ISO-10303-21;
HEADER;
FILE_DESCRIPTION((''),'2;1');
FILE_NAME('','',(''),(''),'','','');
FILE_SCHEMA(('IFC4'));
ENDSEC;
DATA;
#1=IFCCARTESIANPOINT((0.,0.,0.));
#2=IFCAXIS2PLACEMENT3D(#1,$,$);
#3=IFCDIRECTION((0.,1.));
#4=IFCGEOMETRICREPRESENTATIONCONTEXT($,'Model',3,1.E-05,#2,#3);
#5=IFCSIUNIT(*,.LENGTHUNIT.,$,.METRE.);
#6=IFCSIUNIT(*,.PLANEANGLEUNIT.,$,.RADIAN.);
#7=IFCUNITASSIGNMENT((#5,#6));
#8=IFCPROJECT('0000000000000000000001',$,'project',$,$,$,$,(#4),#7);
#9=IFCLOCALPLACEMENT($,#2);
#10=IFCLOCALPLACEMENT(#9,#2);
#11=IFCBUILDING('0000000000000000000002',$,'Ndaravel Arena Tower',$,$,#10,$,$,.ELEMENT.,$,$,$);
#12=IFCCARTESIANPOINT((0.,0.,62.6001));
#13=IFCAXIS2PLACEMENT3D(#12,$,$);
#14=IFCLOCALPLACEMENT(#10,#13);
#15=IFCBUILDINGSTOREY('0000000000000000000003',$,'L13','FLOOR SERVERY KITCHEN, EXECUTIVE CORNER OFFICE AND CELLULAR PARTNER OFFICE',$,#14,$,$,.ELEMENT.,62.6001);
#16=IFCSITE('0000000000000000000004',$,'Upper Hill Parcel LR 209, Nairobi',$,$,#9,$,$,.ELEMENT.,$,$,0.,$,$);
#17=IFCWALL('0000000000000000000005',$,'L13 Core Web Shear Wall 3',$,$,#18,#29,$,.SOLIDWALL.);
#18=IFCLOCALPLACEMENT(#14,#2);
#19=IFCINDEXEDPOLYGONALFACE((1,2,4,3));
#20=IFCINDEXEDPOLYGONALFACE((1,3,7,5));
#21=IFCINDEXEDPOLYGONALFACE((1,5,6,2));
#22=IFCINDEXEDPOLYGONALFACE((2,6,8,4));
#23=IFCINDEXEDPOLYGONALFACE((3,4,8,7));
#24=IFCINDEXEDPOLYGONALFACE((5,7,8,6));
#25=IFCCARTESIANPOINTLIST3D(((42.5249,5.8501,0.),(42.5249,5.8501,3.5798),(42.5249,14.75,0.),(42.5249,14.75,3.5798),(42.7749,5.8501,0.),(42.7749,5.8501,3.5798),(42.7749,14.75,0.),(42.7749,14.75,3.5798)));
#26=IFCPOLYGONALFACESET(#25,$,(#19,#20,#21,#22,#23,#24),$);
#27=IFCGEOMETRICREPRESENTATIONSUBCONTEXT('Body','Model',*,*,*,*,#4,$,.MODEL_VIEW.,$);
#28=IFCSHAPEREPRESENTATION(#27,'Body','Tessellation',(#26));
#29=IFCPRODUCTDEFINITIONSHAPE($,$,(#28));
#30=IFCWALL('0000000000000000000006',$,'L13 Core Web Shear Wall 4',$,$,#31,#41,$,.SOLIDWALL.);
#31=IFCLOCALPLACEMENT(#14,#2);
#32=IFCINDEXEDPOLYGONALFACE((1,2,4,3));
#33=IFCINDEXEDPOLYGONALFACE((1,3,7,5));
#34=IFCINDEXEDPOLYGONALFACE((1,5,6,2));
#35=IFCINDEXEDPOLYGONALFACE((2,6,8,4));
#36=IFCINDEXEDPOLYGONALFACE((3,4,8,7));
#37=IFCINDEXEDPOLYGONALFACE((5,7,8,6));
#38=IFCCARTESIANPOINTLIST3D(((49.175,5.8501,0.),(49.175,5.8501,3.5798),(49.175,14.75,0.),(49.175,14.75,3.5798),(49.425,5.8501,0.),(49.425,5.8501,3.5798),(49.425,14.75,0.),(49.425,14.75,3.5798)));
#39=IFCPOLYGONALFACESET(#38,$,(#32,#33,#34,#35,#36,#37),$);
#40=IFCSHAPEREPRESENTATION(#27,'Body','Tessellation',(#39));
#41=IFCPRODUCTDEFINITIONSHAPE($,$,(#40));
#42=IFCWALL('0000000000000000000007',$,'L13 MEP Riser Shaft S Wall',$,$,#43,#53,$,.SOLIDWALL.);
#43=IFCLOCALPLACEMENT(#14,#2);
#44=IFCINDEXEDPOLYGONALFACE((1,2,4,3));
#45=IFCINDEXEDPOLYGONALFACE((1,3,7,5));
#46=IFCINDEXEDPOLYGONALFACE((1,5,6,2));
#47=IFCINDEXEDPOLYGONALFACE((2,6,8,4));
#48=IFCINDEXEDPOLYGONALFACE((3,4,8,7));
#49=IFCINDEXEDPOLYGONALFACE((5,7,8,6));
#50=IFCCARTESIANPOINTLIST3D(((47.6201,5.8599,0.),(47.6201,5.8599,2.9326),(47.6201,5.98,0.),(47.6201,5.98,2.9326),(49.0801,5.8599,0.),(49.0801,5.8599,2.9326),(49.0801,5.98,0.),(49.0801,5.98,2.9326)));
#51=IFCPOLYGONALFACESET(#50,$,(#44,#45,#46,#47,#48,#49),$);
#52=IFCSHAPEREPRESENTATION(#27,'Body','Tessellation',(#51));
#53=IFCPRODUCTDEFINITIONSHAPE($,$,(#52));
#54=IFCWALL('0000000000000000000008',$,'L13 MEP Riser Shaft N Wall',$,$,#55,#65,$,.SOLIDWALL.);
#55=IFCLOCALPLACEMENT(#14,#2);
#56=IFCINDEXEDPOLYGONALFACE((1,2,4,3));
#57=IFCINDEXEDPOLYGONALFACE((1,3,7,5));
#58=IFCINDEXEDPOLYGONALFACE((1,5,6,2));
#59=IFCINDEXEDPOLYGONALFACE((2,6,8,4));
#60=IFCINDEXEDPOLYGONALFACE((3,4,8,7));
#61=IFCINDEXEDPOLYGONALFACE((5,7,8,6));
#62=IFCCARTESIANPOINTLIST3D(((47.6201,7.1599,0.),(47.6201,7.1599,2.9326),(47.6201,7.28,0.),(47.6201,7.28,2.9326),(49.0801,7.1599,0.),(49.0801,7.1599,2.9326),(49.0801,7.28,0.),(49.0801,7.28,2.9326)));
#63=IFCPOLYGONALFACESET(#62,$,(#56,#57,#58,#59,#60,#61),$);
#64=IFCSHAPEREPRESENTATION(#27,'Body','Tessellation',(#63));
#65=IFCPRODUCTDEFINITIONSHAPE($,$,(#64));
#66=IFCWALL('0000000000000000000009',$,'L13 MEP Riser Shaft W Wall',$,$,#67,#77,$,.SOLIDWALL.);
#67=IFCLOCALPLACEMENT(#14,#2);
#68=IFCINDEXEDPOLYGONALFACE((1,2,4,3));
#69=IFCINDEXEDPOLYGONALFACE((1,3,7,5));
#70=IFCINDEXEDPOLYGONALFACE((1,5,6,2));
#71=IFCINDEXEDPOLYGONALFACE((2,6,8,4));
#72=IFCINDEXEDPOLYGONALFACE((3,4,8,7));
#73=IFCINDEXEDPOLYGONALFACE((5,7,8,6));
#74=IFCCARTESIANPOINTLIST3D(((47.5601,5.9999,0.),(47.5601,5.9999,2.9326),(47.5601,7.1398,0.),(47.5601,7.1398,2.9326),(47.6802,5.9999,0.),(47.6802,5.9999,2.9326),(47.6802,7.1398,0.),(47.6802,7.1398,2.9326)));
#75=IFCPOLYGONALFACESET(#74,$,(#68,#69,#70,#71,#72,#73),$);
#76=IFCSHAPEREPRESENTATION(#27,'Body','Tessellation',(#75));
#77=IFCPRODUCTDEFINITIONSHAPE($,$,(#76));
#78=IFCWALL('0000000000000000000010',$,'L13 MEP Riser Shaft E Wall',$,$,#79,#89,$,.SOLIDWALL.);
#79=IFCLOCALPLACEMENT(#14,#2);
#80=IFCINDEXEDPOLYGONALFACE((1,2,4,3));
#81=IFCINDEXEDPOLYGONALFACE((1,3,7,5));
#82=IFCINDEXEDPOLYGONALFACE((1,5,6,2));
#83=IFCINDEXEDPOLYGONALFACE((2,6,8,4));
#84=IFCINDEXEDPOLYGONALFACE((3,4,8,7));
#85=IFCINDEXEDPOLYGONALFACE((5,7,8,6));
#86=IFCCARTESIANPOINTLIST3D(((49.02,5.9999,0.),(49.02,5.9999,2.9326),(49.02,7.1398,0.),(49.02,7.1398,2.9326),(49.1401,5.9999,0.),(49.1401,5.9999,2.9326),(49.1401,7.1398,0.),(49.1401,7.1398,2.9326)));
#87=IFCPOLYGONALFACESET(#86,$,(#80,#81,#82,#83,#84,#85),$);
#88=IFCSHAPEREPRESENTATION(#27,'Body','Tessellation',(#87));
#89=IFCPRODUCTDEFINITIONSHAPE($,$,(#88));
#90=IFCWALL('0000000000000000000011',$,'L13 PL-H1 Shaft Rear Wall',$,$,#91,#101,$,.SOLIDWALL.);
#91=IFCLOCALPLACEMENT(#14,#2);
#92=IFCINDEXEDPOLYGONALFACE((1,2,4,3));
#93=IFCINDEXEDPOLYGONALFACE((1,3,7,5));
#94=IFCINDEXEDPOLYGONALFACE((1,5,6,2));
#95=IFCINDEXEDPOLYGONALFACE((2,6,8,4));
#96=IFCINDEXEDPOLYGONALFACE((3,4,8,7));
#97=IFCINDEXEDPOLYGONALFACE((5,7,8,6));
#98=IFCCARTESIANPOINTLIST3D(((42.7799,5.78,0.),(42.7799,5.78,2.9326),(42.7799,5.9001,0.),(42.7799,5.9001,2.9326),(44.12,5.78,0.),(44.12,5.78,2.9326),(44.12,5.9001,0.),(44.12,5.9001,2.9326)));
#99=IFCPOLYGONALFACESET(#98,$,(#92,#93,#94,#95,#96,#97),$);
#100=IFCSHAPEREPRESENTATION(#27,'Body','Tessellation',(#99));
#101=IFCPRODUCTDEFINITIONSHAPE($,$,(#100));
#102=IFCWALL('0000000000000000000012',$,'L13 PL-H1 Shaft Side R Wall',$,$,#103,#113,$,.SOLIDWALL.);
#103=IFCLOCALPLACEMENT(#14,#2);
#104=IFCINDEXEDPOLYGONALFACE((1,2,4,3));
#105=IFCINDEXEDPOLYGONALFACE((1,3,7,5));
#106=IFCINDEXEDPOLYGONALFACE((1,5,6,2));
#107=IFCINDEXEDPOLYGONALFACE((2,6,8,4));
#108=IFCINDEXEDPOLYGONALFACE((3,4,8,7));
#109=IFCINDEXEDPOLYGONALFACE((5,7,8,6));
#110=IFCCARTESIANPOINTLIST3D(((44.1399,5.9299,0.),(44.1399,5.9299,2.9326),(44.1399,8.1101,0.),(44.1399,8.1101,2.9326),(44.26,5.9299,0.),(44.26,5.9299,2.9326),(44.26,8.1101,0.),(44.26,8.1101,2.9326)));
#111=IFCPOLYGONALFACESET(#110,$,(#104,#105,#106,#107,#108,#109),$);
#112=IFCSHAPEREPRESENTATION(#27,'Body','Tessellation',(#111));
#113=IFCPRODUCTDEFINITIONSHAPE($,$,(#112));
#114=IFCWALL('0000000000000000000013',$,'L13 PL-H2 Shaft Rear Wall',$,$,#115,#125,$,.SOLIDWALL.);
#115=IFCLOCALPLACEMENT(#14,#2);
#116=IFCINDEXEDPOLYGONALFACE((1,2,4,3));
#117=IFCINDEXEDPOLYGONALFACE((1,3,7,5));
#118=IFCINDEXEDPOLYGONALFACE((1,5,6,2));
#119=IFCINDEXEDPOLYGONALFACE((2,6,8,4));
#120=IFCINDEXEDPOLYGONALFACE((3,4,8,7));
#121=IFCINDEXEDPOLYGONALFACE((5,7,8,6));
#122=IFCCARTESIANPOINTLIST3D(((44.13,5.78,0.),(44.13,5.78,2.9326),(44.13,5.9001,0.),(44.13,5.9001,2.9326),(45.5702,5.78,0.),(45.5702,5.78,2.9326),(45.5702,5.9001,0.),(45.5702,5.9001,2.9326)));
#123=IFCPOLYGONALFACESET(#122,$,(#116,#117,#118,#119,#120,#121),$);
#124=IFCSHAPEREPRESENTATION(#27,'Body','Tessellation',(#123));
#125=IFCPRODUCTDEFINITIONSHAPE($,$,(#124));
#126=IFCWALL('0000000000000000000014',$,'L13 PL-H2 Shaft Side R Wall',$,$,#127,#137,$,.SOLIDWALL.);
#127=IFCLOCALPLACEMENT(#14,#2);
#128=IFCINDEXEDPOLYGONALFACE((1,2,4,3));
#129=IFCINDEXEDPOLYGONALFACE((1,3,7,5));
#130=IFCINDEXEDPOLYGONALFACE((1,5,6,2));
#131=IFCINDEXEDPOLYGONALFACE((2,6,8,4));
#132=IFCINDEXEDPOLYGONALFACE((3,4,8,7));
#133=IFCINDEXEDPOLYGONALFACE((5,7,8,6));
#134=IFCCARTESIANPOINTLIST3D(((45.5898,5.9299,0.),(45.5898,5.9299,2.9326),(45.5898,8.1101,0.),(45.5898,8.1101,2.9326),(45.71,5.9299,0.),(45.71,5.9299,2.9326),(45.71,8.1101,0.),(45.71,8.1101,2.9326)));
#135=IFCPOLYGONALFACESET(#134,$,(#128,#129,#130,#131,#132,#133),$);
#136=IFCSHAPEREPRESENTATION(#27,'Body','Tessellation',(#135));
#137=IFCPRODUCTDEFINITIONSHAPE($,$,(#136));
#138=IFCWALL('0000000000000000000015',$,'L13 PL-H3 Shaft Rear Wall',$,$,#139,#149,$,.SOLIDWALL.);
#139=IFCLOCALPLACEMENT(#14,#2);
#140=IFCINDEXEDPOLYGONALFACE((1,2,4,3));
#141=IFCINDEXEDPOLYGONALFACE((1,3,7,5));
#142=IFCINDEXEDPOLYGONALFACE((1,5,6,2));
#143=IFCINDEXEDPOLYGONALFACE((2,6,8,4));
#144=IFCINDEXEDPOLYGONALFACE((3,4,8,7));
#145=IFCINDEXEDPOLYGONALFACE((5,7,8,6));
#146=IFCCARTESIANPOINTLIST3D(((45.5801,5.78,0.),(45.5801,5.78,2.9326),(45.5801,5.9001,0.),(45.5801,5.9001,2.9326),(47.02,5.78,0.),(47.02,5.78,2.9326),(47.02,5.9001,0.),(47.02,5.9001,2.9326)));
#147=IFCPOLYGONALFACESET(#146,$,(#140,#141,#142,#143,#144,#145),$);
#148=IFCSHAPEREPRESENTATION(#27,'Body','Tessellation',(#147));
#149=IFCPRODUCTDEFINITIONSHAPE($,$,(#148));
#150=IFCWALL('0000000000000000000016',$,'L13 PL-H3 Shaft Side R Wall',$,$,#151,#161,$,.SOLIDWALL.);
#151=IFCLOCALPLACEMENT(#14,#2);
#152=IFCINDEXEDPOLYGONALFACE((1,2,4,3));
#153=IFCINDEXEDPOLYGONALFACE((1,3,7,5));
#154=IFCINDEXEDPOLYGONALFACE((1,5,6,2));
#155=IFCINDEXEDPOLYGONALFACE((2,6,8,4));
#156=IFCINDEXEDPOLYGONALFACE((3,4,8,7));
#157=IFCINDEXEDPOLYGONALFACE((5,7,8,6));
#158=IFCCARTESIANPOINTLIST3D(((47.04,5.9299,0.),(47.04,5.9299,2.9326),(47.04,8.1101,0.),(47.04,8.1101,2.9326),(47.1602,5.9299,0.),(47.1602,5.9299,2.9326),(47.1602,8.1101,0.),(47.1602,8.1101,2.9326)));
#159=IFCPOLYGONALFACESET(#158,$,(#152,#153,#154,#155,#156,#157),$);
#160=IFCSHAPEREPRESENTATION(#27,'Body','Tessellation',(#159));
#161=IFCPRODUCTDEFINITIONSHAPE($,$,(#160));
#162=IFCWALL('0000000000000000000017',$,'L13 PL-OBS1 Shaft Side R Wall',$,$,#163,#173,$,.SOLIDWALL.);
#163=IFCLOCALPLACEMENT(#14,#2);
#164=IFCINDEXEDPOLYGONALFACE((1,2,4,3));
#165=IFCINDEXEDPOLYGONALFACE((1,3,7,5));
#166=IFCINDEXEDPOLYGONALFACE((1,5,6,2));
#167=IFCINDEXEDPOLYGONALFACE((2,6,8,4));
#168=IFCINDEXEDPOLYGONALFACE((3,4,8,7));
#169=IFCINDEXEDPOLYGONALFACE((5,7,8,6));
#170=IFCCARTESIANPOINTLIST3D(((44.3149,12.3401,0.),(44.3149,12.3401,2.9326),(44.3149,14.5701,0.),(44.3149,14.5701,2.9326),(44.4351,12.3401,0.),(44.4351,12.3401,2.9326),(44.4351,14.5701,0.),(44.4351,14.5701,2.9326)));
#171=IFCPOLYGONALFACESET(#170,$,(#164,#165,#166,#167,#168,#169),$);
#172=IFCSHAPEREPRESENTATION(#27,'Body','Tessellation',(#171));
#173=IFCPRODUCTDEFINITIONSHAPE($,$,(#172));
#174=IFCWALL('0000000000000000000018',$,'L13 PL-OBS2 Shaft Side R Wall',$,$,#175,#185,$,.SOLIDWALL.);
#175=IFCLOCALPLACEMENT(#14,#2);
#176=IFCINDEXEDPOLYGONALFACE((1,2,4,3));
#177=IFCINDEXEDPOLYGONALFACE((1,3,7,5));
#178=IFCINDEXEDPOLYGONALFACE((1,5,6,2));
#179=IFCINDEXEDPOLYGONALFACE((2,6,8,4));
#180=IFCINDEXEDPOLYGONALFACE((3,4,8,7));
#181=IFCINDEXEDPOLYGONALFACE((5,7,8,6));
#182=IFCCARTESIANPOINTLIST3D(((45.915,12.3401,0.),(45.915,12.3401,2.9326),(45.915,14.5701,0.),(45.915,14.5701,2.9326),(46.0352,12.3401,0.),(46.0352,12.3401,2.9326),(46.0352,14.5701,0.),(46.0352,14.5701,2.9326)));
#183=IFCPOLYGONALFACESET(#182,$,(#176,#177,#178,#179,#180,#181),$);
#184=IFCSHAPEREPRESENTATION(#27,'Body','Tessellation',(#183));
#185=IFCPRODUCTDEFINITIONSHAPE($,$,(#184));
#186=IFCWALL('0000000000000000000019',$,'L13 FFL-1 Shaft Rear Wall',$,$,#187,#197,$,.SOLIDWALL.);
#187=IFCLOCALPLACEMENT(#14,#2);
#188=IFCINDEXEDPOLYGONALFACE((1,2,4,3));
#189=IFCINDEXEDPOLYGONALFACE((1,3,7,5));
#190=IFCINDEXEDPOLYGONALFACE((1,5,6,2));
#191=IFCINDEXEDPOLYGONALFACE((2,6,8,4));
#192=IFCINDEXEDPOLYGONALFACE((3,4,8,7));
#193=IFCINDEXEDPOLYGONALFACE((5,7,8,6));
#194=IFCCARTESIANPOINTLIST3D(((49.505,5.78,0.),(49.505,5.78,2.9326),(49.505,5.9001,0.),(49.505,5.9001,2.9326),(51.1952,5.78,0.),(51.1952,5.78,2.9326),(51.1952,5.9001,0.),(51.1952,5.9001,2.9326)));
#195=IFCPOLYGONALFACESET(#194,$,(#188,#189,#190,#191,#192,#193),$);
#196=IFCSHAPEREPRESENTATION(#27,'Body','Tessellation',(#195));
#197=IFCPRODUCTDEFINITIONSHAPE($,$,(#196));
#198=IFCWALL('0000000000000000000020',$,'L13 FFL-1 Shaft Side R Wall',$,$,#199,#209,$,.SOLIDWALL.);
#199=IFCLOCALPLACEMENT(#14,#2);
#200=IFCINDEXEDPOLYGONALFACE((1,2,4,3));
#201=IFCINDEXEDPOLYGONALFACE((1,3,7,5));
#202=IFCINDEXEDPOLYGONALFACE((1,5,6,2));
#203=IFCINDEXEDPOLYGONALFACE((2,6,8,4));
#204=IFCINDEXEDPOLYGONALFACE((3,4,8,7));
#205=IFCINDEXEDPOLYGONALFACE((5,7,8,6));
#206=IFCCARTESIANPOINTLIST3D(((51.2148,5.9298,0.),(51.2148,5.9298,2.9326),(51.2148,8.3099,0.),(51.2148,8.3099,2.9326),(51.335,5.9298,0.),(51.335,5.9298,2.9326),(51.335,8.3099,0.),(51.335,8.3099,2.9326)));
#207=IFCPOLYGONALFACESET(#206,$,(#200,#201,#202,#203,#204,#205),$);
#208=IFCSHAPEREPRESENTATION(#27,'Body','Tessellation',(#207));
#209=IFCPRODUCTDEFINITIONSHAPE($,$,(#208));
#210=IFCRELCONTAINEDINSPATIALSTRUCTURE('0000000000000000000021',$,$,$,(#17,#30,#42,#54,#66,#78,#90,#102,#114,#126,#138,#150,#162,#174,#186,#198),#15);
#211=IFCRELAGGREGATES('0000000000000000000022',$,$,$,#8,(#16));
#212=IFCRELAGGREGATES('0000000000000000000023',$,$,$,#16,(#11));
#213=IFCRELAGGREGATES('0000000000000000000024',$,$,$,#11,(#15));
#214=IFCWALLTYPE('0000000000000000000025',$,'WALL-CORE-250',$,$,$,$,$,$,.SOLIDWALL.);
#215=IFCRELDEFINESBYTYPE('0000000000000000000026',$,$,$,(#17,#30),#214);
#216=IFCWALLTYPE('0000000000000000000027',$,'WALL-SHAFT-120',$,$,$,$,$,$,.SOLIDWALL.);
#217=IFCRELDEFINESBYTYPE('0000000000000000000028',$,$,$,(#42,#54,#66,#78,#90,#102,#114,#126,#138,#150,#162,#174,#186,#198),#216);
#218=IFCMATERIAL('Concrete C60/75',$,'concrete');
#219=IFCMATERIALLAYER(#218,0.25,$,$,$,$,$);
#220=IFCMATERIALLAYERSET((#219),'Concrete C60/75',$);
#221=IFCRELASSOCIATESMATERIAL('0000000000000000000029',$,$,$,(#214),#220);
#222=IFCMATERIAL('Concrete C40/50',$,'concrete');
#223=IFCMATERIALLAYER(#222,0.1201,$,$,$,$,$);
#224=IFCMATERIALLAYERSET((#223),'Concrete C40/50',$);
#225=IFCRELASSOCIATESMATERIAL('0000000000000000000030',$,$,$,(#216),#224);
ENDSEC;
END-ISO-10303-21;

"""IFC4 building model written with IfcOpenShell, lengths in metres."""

from ifc_helpers import new_model, si_unit, direction, frame, frame_2d, origin, place, context, subcontext, project, spatial, rectangle, extrude, material, layer, layer_set, type_object, element, save


model = new_model("IFC4")

# Units and contexts
model_context = context("Model", 3, precision=1e-05, world=origin(), true_north=direction((0.0, 1.0)))
body_context = subcontext(model_context, "Body", "Model", "MODEL_VIEW")
ifc_project = project(units=[si_unit("LENGTHUNIT", "METRE"), si_unit("PLANEANGLEUNIT", "RADIAN")], contexts=[model_context])

# Site, building, storey
site_placement = place(None, origin())
site = spatial("IfcSite", under=ifc_project, at=site_placement, Name="Upper Hill Parcel LR 209, Nairobi", CompositionType="ELEMENT", RefElevation=0.0)
building_placement = place(site_placement, origin())
building = spatial("IfcBuilding", under=site, at=building_placement, Name="Ndaravel Arena Tower", CompositionType="ELEMENT")
storey_placement = place(building_placement, frame((0.0, 0.0, 62.6001)))
storey = spatial("IfcBuildingStorey", under=building, at=storey_placement, Name="L13", Description="FLOOR SERVERY KITCHEN, EXECUTIVE CORNER OFFICE AND CELLULAR PARTNER OFFICE", CompositionType="ELEMENT", Elevation=62.6001)

# Walls
ifc_material_1 = material(Name="Concrete C60/75", Category="concrete")
ifc_layer_1 = layer(ifc_material_1, 0.25)
ifc_layer_set_1 = layer_set([ifc_layer_1], Name="Concrete C60/75")
wall_type_1 = type_object("IfcWallType", Name="WALL-CORE-250", PredefinedType="SOLIDWALL", material=ifc_layer_set_1)
for number, where, z_axis, x_axis, name in (
    (1, (42.6499, 5.8501, 0.0), (0.0, 0.0, 1.0), (0.0, 1.0, 0.0), "L13 Core Web Shear Wall 3"),
    (2, (49.3, 5.8501, 0.0), (0.0, 0.0, 1.0), (0.0, 1.0, 0.0), "L13 Core Web Shear Wall 4"),
):
    element("IfcWall", number, at=place(storey_placement, frame(where, z_axis=z_axis, x_axis=x_axis)), inside=storey, type_object=wall_type_1, Name=name, PredefinedType="SOLIDWALL", context=body_context, shape_type="SweptSolid", body=[
        extrude(rectangle(XDim=8.8999, YDim=0.25, at=frame_2d((4.45, 0.0))), origin(), (0.0, 0.0, 1.0), 3.5798),
    ])
ifc_material_2 = material(Name="Concrete C40/50", Category="concrete")
ifc_layer_2 = layer(ifc_material_2, 0.1201)
ifc_layer_set_2 = layer_set([ifc_layer_2], Name="Concrete C40/50")
wall_type_2 = type_object("IfcWallType", Name="WALL-SHAFT-120", PredefinedType="SOLIDWALL", material=ifc_layer_set_2)
for number, where, z_axis, x_axis, name in (
    (3, (47.6201, 5.9199, 0.0), (0.0, 0.0, 1.0), (1.0, 0.0, 0.0), "L13 MEP Riser Shaft S Wall"),
    (4, (47.6201, 7.22, 0.0), (0.0, 0.0, 1.0), (1.0, 0.0, 0.0), "L13 MEP Riser Shaft N Wall"),
):
    element("IfcWall", number, at=place(storey_placement, frame(where, z_axis=z_axis, x_axis=x_axis)), inside=storey, type_object=wall_type_2, Name=name, PredefinedType="SOLIDWALL", context=body_context, shape_type="SweptSolid", body=[
        extrude(rectangle(XDim=1.46, YDim=0.1201, at=frame_2d((0.73, 0.0))), origin(), (0.0, 0.0, 1.0), 2.9326),
    ])
for number, where, z_axis, x_axis, name in (
    (5, (47.6201, 6.0, 0.0), (0.0, 0.0, 1.0), (0.0, 1.0, 0.0), "L13 MEP Riser Shaft W Wall"),
    (6, (49.0801, 6.0, 0.0), (0.0, 0.0, 1.0), (0.0, 1.0, 0.0), "L13 MEP Riser Shaft E Wall"),
):
    element("IfcWall", number, at=place(storey_placement, frame(where, z_axis=z_axis, x_axis=x_axis)), inside=storey, type_object=wall_type_2, Name=name, PredefinedType="SOLIDWALL", context=body_context, shape_type="SweptSolid", body=[
        extrude(rectangle(XDim=1.1399, YDim=0.1201, at=frame_2d((0.5698, 0.0))), origin(), (0.0, 0.0, 1.0), 2.9326),
    ])
wall_1_placement = place(storey_placement, frame((42.78, 5.8401, 0.0), z_axis=(0.0, 0.0, 1.0), x_axis=(1.0, 0.0, 0.0)))
element("IfcWall", 7, at=wall_1_placement, inside=storey, type_object=wall_type_2, Name="L13 PL-H1 Shaft Rear Wall", PredefinedType="SOLIDWALL", context=body_context, shape_type="SweptSolid", body=[
    extrude(rectangle(XDim=1.3401, YDim=0.1201, at=frame_2d((0.6699, 0.0))), origin(), (0.0, 0.0, 1.0), 2.9326),
])
wall_2_placement = place(storey_placement, frame((44.2, 5.9299, 0.0), z_axis=(0.0, 0.0, 1.0), x_axis=(0.0, 1.0, 0.0)))
element("IfcWall", 8, at=wall_2_placement, inside=storey, type_object=wall_type_2, Name="L13 PL-H1 Shaft Side R Wall", PredefinedType="SOLIDWALL", context=body_context, shape_type="SweptSolid", body=[
    extrude(rectangle(XDim=2.1802, YDim=0.1201, at=frame_2d((1.0901, 0.0))), origin(), (0.0, 0.0, 1.0), 2.9326),
])
wall_3_placement = place(storey_placement, frame((44.1299, 5.8401, 0.0), z_axis=(0.0, 0.0, 1.0), x_axis=(1.0, 0.0, 0.0)))
element("IfcWall", 9, at=wall_3_placement, inside=storey, type_object=wall_type_2, Name="L13 PL-H2 Shaft Rear Wall", PredefinedType="SOLIDWALL", context=body_context, shape_type="SweptSolid", body=[
    extrude(rectangle(XDim=1.4402, YDim=0.1201, at=frame_2d((0.7202, 0.0))), origin(), (0.0, 0.0, 1.0), 2.9326),
])
wall_4_placement = place(storey_placement, frame((45.6499, 5.9299, 0.0), z_axis=(0.0, 0.0, 1.0), x_axis=(0.0, 1.0, 0.0)))
element("IfcWall", 10, at=wall_4_placement, inside=storey, type_object=wall_type_2, Name="L13 PL-H2 Shaft Side R Wall", PredefinedType="SOLIDWALL", context=body_context, shape_type="SweptSolid", body=[
    extrude(rectangle(XDim=2.1802, YDim=0.1201, at=frame_2d((1.0901, 0.0))), origin(), (0.0, 0.0, 1.0), 2.9326),
])
wall_5_placement = place(storey_placement, frame((45.5801, 5.8401, 0.0), z_axis=(0.0, 0.0, 1.0), x_axis=(1.0, 0.0, 0.0)))
element("IfcWall", 11, at=wall_5_placement, inside=storey, type_object=wall_type_2, Name="L13 PL-H3 Shaft Rear Wall", PredefinedType="SOLIDWALL", context=body_context, shape_type="SweptSolid", body=[
    extrude(rectangle(XDim=1.4399, YDim=0.1201, at=frame_2d((0.72, 0.0))), origin(), (0.0, 0.0, 1.0), 2.9326),
])
wall_6_placement = place(storey_placement, frame((47.1001, 5.9299, 0.0), z_axis=(0.0, 0.0, 1.0), x_axis=(0.0, 1.0, 0.0)))
element("IfcWall", 12, at=wall_6_placement, inside=storey, type_object=wall_type_2, Name="L13 PL-H3 Shaft Side R Wall", PredefinedType="SOLIDWALL", context=body_context, shape_type="SweptSolid", body=[
    extrude(rectangle(XDim=2.1802, YDim=0.1201, at=frame_2d((1.0901, 0.0))), origin(), (0.0, 0.0, 1.0), 2.9326),
])
for number, where, z_axis, x_axis, name in (
    (13, (44.375, 12.3401, 0.0), (0.0, 0.0, 1.0), (0.0, 1.0, 0.0), "L13 PL-OBS1 Shaft Side R Wall"),
    (14, (45.9751, 12.3401, 0.0), (0.0, 0.0, 1.0), (0.0, 1.0, 0.0), "L13 PL-OBS2 Shaft Side R Wall"),
):
    element("IfcWall", number, at=place(storey_placement, frame(where, z_axis=z_axis, x_axis=x_axis)), inside=storey, type_object=wall_type_2, Name=name, PredefinedType="SOLIDWALL", context=body_context, shape_type="SweptSolid", body=[
        extrude(rectangle(XDim=2.23, YDim=0.1201, at=frame_2d((1.115, 0.0))), origin(), (0.0, 0.0, 1.0), 2.9326),
    ])
wall_7_placement = place(storey_placement, frame((49.5049, 5.8401, 0.0), z_axis=(0.0, 0.0, 1.0), x_axis=(1.0, 0.0, 0.0)))
element("IfcWall", 15, at=wall_7_placement, inside=storey, type_object=wall_type_2, Name="L13 FFL-1 Shaft Rear Wall", PredefinedType="SOLIDWALL", context=body_context, shape_type="SweptSolid", body=[
    extrude(rectangle(XDim=1.6902, YDim=0.1201, at=frame_2d((0.8452, 0.0))), origin(), (0.0, 0.0, 1.0), 2.9326),
])
wall_8_placement = place(storey_placement, frame((51.2749, 5.9299, 0.0), z_axis=(0.0, 0.0, 1.0), x_axis=(0.0, 1.0, 0.0)))
element("IfcWall", 16, at=wall_8_placement, inside=storey, type_object=wall_type_2, Name="L13 FFL-1 Shaft Side R Wall", PredefinedType="SOLIDWALL", context=body_context, shape_type="SweptSolid", body=[
    extrude(rectangle(XDim=2.3801, YDim=0.1201, at=frame_2d((1.1899, 0.0))), origin(), (0.0, 0.0, 1.0), 2.9326),
])

save(model, "model.ifc")
